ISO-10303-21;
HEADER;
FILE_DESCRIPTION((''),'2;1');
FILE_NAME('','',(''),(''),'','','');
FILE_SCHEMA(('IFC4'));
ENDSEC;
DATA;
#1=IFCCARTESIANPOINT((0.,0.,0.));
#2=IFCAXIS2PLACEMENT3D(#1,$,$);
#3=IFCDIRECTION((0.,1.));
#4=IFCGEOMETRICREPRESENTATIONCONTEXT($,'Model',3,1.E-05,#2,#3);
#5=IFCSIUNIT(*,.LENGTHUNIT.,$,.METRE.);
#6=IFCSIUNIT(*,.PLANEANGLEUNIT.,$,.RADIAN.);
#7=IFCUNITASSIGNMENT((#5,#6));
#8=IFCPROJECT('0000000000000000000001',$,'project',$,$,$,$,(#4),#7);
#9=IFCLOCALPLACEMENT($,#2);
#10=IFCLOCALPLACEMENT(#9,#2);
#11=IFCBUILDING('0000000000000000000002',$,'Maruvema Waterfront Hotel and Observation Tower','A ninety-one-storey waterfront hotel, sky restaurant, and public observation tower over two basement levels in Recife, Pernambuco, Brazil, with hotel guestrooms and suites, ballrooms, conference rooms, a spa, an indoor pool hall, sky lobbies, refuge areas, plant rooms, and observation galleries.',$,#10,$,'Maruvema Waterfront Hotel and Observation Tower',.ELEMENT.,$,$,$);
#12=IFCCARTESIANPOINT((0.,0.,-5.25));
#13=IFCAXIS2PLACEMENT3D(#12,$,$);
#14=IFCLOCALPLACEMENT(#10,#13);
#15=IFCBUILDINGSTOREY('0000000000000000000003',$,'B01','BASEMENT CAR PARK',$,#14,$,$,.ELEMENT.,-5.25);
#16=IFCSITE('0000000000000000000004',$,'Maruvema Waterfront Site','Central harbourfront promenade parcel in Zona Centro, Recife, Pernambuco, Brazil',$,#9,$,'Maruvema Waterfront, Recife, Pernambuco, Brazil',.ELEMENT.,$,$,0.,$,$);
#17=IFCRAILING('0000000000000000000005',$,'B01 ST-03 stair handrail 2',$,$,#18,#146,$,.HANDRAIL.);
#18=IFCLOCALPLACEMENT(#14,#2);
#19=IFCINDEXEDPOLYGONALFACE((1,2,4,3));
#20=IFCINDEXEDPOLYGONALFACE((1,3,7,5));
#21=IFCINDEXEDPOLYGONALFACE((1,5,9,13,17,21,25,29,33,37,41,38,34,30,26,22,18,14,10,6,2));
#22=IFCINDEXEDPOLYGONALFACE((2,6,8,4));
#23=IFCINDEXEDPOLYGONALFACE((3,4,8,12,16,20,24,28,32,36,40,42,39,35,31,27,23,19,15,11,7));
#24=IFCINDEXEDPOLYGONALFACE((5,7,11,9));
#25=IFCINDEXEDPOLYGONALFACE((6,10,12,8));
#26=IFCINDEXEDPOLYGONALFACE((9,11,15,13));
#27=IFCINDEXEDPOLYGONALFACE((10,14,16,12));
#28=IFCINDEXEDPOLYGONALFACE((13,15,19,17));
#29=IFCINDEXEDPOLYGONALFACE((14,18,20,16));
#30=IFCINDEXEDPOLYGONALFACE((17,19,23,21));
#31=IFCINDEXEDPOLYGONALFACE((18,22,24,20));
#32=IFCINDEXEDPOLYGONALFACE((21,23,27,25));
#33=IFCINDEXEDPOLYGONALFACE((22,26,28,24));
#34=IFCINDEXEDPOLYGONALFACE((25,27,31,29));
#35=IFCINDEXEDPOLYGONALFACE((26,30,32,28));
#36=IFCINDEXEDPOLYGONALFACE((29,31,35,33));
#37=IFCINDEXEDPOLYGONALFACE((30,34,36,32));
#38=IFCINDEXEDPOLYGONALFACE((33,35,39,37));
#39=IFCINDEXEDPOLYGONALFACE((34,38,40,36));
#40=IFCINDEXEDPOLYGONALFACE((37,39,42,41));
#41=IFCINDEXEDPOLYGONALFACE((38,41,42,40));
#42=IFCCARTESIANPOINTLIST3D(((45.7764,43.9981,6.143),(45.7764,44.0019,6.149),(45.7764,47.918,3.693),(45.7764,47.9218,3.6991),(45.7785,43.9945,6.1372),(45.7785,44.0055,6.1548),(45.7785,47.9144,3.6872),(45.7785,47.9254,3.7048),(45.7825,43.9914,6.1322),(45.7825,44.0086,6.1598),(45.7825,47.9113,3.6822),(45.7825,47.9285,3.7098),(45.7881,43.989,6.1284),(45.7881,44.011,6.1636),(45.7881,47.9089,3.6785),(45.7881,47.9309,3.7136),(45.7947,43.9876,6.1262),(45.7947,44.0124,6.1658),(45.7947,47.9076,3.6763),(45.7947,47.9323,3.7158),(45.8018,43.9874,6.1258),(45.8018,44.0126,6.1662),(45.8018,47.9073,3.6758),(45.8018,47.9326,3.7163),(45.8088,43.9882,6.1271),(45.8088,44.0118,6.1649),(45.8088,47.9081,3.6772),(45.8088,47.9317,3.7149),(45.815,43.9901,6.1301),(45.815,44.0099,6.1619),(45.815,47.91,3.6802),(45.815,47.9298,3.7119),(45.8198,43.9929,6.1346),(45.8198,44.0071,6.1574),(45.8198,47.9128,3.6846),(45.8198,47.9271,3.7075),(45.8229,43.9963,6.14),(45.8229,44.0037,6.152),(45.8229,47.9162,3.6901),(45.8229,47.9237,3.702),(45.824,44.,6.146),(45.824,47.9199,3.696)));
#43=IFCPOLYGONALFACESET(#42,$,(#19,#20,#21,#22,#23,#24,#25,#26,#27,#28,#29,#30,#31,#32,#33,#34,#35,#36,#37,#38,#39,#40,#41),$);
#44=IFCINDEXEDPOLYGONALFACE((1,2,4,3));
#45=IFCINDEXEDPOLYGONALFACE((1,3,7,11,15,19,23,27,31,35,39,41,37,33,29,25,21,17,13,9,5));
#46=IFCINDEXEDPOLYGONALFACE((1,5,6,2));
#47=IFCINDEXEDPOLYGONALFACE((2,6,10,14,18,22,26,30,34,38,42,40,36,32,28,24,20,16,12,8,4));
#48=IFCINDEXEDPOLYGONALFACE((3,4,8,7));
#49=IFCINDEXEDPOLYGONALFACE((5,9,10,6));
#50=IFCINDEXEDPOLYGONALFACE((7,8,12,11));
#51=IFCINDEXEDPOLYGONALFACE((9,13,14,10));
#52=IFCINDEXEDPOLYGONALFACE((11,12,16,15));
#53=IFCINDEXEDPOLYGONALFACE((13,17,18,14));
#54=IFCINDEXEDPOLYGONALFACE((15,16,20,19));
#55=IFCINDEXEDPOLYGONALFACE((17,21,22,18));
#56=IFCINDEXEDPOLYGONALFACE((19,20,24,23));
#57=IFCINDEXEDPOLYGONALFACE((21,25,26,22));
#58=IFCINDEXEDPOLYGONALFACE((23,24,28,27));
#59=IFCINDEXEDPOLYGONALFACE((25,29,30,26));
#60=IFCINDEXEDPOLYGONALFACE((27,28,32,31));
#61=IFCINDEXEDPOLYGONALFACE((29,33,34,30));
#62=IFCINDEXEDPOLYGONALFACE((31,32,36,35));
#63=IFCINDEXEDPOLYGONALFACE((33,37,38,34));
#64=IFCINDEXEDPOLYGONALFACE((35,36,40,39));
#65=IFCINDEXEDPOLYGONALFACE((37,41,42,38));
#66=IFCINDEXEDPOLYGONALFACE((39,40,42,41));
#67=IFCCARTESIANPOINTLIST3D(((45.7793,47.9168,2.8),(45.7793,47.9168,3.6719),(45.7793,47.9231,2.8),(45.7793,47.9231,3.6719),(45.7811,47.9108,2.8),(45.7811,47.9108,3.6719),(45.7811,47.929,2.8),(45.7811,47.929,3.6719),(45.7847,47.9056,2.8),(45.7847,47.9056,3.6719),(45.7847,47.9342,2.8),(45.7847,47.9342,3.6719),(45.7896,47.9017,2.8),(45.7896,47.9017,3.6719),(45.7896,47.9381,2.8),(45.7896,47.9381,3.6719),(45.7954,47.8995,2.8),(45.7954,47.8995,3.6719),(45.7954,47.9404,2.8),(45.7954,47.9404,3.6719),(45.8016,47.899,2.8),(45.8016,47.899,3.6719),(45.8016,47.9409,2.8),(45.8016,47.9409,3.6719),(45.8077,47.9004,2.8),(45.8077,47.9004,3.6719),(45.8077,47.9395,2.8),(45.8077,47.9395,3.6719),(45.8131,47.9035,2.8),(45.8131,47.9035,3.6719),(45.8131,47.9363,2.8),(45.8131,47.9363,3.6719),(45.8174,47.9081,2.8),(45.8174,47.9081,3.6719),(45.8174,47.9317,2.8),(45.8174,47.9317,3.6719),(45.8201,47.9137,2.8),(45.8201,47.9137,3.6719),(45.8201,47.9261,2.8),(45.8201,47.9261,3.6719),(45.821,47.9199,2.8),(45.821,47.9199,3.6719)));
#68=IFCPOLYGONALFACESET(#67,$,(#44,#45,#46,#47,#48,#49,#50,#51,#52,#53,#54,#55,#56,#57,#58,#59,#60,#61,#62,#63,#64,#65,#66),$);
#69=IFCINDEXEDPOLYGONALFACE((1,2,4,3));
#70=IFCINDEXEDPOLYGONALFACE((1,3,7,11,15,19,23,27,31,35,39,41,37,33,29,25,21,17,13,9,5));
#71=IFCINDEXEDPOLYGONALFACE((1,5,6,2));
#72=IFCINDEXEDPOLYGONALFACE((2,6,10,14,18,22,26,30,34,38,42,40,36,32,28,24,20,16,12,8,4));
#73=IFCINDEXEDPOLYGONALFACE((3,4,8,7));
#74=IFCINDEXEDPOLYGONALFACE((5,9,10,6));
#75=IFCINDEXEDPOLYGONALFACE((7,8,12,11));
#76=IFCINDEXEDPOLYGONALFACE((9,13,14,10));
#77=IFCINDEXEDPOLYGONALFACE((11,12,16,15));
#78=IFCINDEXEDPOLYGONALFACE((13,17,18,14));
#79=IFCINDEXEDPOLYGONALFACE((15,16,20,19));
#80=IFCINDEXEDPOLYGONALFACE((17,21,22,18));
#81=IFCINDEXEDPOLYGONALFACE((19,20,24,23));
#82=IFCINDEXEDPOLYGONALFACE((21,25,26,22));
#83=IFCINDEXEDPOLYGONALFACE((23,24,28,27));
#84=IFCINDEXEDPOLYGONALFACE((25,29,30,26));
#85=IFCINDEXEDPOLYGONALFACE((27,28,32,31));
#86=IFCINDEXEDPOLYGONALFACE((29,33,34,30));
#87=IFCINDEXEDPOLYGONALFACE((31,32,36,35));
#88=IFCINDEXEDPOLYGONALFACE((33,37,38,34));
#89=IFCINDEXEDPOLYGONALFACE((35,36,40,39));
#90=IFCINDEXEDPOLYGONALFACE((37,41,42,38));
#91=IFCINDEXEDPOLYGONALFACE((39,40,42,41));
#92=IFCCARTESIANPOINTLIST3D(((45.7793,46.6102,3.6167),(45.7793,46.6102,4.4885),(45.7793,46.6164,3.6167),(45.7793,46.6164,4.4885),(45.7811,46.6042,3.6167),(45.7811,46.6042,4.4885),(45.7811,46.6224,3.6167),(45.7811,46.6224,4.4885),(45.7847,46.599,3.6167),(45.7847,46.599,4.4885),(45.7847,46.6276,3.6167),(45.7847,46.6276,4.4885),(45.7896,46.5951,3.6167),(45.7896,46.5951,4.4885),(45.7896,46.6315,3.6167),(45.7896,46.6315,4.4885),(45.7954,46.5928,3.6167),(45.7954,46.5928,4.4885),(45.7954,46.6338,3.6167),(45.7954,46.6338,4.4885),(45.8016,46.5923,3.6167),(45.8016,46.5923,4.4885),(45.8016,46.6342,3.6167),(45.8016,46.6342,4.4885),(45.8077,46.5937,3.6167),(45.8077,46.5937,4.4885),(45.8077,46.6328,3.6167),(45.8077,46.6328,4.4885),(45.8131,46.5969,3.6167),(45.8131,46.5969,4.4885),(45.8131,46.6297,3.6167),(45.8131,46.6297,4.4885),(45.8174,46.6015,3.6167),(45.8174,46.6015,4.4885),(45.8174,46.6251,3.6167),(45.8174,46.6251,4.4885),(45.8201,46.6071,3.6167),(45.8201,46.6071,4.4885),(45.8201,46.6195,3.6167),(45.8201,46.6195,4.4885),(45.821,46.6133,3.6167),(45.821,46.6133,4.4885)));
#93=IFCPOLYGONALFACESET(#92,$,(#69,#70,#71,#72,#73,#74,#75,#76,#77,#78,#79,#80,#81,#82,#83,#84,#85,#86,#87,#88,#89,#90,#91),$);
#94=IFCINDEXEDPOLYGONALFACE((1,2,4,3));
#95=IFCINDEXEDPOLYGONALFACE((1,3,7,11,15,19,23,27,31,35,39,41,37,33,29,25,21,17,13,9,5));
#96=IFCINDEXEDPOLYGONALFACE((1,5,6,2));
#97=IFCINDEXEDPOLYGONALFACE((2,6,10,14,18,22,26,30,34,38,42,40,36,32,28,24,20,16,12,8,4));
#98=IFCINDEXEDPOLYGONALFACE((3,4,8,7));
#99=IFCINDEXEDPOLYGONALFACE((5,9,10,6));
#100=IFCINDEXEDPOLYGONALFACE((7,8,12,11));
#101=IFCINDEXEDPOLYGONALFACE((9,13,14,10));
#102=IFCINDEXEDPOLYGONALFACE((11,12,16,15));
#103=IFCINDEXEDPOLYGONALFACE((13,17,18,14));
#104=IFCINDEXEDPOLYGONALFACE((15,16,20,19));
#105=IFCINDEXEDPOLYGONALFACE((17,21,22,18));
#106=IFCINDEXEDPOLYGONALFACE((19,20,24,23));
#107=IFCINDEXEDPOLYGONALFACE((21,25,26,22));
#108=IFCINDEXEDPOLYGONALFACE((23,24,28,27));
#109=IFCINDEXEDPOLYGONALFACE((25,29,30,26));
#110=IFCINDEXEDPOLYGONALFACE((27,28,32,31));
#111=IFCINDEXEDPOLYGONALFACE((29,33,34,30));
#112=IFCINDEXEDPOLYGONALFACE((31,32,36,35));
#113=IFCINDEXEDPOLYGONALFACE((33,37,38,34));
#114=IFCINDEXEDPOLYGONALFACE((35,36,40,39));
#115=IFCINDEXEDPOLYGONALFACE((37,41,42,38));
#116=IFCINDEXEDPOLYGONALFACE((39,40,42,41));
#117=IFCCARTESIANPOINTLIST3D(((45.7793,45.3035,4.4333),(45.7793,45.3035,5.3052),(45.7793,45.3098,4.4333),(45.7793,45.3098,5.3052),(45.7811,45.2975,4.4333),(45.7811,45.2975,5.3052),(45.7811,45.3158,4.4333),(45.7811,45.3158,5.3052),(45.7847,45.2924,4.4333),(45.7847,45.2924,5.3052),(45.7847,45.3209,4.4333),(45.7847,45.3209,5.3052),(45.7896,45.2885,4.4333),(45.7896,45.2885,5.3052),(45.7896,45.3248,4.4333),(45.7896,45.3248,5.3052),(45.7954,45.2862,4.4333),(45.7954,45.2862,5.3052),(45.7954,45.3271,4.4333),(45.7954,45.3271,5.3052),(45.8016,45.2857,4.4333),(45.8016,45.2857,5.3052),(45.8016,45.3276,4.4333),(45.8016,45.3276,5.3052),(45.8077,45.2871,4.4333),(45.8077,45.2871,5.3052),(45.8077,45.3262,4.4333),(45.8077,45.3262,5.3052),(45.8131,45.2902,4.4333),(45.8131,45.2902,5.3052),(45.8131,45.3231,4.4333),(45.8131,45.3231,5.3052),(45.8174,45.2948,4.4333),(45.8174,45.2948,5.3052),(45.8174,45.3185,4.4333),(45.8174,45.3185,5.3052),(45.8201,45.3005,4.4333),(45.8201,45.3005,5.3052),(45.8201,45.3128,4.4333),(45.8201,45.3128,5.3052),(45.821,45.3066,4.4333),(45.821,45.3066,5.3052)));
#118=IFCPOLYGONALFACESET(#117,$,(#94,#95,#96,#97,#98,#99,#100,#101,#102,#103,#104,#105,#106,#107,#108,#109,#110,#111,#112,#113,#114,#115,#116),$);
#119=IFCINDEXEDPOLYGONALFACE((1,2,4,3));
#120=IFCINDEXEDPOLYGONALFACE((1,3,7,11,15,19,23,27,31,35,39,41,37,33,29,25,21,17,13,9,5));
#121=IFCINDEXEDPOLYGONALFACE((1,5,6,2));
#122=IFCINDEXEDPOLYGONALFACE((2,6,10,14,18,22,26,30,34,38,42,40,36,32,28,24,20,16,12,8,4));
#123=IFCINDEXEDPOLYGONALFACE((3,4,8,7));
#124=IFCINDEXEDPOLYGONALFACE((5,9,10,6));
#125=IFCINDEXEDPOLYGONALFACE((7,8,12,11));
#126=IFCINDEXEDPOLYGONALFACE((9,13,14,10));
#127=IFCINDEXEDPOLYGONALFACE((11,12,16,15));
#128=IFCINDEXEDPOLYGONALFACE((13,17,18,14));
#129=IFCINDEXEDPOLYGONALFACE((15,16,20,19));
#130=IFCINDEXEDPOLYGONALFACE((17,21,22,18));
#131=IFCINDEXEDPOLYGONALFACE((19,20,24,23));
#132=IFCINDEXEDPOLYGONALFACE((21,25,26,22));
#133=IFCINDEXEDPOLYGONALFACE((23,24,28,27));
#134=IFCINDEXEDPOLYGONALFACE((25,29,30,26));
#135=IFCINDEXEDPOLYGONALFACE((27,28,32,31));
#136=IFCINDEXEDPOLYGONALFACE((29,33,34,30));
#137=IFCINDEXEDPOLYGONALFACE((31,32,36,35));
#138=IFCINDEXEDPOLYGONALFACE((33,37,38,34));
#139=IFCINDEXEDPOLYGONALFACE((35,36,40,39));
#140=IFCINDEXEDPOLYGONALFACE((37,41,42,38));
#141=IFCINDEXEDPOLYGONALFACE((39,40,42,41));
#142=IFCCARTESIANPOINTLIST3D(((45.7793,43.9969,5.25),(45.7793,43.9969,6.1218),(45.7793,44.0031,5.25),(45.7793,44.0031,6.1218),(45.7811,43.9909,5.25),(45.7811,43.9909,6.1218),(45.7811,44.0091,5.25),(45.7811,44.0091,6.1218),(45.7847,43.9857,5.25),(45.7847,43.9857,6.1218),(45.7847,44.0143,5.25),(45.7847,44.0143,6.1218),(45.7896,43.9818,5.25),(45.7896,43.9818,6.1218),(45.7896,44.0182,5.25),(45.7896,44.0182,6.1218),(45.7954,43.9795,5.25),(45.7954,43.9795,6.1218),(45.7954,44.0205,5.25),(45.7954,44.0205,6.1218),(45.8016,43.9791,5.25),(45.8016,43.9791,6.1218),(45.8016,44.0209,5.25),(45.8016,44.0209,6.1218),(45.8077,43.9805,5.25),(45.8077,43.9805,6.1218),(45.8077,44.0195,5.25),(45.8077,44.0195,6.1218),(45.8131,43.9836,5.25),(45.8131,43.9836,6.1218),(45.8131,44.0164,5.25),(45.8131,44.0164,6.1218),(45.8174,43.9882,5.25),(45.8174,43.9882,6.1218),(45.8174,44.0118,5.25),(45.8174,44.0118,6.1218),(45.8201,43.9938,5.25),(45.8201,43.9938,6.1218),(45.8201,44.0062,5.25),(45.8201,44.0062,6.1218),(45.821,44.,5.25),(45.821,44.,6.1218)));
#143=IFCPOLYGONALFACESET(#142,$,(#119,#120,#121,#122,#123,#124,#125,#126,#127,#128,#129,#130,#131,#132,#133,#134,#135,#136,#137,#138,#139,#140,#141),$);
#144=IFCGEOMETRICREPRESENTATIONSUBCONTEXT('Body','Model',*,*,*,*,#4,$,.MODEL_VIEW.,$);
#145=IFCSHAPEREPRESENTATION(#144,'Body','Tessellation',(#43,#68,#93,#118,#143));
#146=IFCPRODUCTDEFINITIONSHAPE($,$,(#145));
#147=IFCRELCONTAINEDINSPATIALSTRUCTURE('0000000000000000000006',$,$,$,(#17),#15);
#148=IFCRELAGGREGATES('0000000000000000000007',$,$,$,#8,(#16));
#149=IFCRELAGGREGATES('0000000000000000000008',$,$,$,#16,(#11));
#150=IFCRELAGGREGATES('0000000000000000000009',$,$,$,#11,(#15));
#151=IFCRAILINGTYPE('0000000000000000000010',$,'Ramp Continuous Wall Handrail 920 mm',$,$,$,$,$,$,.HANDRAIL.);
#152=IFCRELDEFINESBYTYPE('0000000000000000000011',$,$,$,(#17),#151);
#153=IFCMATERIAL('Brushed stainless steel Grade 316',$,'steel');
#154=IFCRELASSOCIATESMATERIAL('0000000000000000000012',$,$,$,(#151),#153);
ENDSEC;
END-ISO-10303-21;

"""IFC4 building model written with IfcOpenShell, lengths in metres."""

from ifc_helpers import new_model, si_unit, direction, frame, origin, origin_2d, place, context, subcontext, project, spatial, circle, extrude, material, type_object, element, save


model = new_model("IFC4")

# Units and contexts
model_context = context("Model", 3, precision=1e-05, world=origin(), true_north=direction((0.0, 1.0)))
body_context = subcontext(model_context, "Body", "Model", "MODEL_VIEW")
ifc_project = project(units=[si_unit("LENGTHUNIT", "METRE"), si_unit("PLANEANGLEUNIT", "RADIAN")], contexts=[model_context])

# Site, building, storey
site_placement = place(None, origin())
site = spatial("IfcSite", under=ifc_project, at=site_placement, Name="Maruvema Waterfront Site", Description="Central harbourfront promenade parcel in Zona Centro, Recife, Pernambuco, Brazil", LongName="Maruvema Waterfront, Recife, Pernambuco, Brazil", CompositionType="ELEMENT", RefElevation=0.0)
building_placement = place(site_placement, origin())
building = spatial("IfcBuilding", under=site, at=building_placement, Name="Maruvema Waterfront Hotel and Observation Tower", Description="A ninety-one-storey waterfront hotel, sky restaurant, and public observation tower over two basement levels in Recife, Pernambuco, Brazil, with hotel guestrooms and suites, ballrooms, conference rooms, a spa, an indoor pool hall, sky lobbies, refuge areas, plant rooms, and observation galleries.", LongName="Maruvema Waterfront Hotel and Observation Tower", CompositionType="ELEMENT")
storey_placement = place(building_placement, frame((0.0, 0.0, -5.25)))
storey = spatial("IfcBuildingStorey", under=building, at=storey_placement, Name="B01", Description="BASEMENT CAR PARK", CompositionType="ELEMENT", Elevation=-5.25)

# Railing
ifc_material_1 = material(Name="Brushed stainless steel Grade 316", Category="steel")
railing_type_1 = type_object("IfcRailingType", Name="Ramp Continuous Wall Handrail 920 mm", PredefinedType="HANDRAIL", material=ifc_material_1)
railing_1_placement = place(storey_placement, frame((45.8, 47.9199, 2.8)))
element("IfcRailing", 1, at=railing_1_placement, inside=storey, type_object=railing_type_1, Name="B01 ST-03 stair handrail 2", PredefinedType="HANDRAIL", context=body_context, shape_type="SweptSolid", body=[
    extrude(circle(Radius=0.0239, at=origin_2d()), frame((0.0, 0.0, 0.896), z_axis=(0.0, -0.847998, 0.529999), x_axis=(1.0, 0.0, 0.0)), (0.0, 0.0, 1.0), 4.6226),
    extrude(circle(Radius=0.021, at=origin_2d()), origin(), (0.0, 0.0, 1.0), 0.8718),
    extrude(circle(Radius=0.021, at=origin_2d()), frame((0.0, -1.3066, 0.8167)), (0.0, 0.0, 1.0), 0.8718),
    extrude(circle(Radius=0.021, at=origin_2d()), frame((0.0, -2.6133, 1.6333)), (0.0, 0.0, 1.0), 0.8718),
    extrude(circle(Radius=0.021, at=origin_2d()), frame((0.0, -3.9199, 2.45)), (0.0, 0.0, 1.0), 0.8718),
])

save(model, "model.ifc")
